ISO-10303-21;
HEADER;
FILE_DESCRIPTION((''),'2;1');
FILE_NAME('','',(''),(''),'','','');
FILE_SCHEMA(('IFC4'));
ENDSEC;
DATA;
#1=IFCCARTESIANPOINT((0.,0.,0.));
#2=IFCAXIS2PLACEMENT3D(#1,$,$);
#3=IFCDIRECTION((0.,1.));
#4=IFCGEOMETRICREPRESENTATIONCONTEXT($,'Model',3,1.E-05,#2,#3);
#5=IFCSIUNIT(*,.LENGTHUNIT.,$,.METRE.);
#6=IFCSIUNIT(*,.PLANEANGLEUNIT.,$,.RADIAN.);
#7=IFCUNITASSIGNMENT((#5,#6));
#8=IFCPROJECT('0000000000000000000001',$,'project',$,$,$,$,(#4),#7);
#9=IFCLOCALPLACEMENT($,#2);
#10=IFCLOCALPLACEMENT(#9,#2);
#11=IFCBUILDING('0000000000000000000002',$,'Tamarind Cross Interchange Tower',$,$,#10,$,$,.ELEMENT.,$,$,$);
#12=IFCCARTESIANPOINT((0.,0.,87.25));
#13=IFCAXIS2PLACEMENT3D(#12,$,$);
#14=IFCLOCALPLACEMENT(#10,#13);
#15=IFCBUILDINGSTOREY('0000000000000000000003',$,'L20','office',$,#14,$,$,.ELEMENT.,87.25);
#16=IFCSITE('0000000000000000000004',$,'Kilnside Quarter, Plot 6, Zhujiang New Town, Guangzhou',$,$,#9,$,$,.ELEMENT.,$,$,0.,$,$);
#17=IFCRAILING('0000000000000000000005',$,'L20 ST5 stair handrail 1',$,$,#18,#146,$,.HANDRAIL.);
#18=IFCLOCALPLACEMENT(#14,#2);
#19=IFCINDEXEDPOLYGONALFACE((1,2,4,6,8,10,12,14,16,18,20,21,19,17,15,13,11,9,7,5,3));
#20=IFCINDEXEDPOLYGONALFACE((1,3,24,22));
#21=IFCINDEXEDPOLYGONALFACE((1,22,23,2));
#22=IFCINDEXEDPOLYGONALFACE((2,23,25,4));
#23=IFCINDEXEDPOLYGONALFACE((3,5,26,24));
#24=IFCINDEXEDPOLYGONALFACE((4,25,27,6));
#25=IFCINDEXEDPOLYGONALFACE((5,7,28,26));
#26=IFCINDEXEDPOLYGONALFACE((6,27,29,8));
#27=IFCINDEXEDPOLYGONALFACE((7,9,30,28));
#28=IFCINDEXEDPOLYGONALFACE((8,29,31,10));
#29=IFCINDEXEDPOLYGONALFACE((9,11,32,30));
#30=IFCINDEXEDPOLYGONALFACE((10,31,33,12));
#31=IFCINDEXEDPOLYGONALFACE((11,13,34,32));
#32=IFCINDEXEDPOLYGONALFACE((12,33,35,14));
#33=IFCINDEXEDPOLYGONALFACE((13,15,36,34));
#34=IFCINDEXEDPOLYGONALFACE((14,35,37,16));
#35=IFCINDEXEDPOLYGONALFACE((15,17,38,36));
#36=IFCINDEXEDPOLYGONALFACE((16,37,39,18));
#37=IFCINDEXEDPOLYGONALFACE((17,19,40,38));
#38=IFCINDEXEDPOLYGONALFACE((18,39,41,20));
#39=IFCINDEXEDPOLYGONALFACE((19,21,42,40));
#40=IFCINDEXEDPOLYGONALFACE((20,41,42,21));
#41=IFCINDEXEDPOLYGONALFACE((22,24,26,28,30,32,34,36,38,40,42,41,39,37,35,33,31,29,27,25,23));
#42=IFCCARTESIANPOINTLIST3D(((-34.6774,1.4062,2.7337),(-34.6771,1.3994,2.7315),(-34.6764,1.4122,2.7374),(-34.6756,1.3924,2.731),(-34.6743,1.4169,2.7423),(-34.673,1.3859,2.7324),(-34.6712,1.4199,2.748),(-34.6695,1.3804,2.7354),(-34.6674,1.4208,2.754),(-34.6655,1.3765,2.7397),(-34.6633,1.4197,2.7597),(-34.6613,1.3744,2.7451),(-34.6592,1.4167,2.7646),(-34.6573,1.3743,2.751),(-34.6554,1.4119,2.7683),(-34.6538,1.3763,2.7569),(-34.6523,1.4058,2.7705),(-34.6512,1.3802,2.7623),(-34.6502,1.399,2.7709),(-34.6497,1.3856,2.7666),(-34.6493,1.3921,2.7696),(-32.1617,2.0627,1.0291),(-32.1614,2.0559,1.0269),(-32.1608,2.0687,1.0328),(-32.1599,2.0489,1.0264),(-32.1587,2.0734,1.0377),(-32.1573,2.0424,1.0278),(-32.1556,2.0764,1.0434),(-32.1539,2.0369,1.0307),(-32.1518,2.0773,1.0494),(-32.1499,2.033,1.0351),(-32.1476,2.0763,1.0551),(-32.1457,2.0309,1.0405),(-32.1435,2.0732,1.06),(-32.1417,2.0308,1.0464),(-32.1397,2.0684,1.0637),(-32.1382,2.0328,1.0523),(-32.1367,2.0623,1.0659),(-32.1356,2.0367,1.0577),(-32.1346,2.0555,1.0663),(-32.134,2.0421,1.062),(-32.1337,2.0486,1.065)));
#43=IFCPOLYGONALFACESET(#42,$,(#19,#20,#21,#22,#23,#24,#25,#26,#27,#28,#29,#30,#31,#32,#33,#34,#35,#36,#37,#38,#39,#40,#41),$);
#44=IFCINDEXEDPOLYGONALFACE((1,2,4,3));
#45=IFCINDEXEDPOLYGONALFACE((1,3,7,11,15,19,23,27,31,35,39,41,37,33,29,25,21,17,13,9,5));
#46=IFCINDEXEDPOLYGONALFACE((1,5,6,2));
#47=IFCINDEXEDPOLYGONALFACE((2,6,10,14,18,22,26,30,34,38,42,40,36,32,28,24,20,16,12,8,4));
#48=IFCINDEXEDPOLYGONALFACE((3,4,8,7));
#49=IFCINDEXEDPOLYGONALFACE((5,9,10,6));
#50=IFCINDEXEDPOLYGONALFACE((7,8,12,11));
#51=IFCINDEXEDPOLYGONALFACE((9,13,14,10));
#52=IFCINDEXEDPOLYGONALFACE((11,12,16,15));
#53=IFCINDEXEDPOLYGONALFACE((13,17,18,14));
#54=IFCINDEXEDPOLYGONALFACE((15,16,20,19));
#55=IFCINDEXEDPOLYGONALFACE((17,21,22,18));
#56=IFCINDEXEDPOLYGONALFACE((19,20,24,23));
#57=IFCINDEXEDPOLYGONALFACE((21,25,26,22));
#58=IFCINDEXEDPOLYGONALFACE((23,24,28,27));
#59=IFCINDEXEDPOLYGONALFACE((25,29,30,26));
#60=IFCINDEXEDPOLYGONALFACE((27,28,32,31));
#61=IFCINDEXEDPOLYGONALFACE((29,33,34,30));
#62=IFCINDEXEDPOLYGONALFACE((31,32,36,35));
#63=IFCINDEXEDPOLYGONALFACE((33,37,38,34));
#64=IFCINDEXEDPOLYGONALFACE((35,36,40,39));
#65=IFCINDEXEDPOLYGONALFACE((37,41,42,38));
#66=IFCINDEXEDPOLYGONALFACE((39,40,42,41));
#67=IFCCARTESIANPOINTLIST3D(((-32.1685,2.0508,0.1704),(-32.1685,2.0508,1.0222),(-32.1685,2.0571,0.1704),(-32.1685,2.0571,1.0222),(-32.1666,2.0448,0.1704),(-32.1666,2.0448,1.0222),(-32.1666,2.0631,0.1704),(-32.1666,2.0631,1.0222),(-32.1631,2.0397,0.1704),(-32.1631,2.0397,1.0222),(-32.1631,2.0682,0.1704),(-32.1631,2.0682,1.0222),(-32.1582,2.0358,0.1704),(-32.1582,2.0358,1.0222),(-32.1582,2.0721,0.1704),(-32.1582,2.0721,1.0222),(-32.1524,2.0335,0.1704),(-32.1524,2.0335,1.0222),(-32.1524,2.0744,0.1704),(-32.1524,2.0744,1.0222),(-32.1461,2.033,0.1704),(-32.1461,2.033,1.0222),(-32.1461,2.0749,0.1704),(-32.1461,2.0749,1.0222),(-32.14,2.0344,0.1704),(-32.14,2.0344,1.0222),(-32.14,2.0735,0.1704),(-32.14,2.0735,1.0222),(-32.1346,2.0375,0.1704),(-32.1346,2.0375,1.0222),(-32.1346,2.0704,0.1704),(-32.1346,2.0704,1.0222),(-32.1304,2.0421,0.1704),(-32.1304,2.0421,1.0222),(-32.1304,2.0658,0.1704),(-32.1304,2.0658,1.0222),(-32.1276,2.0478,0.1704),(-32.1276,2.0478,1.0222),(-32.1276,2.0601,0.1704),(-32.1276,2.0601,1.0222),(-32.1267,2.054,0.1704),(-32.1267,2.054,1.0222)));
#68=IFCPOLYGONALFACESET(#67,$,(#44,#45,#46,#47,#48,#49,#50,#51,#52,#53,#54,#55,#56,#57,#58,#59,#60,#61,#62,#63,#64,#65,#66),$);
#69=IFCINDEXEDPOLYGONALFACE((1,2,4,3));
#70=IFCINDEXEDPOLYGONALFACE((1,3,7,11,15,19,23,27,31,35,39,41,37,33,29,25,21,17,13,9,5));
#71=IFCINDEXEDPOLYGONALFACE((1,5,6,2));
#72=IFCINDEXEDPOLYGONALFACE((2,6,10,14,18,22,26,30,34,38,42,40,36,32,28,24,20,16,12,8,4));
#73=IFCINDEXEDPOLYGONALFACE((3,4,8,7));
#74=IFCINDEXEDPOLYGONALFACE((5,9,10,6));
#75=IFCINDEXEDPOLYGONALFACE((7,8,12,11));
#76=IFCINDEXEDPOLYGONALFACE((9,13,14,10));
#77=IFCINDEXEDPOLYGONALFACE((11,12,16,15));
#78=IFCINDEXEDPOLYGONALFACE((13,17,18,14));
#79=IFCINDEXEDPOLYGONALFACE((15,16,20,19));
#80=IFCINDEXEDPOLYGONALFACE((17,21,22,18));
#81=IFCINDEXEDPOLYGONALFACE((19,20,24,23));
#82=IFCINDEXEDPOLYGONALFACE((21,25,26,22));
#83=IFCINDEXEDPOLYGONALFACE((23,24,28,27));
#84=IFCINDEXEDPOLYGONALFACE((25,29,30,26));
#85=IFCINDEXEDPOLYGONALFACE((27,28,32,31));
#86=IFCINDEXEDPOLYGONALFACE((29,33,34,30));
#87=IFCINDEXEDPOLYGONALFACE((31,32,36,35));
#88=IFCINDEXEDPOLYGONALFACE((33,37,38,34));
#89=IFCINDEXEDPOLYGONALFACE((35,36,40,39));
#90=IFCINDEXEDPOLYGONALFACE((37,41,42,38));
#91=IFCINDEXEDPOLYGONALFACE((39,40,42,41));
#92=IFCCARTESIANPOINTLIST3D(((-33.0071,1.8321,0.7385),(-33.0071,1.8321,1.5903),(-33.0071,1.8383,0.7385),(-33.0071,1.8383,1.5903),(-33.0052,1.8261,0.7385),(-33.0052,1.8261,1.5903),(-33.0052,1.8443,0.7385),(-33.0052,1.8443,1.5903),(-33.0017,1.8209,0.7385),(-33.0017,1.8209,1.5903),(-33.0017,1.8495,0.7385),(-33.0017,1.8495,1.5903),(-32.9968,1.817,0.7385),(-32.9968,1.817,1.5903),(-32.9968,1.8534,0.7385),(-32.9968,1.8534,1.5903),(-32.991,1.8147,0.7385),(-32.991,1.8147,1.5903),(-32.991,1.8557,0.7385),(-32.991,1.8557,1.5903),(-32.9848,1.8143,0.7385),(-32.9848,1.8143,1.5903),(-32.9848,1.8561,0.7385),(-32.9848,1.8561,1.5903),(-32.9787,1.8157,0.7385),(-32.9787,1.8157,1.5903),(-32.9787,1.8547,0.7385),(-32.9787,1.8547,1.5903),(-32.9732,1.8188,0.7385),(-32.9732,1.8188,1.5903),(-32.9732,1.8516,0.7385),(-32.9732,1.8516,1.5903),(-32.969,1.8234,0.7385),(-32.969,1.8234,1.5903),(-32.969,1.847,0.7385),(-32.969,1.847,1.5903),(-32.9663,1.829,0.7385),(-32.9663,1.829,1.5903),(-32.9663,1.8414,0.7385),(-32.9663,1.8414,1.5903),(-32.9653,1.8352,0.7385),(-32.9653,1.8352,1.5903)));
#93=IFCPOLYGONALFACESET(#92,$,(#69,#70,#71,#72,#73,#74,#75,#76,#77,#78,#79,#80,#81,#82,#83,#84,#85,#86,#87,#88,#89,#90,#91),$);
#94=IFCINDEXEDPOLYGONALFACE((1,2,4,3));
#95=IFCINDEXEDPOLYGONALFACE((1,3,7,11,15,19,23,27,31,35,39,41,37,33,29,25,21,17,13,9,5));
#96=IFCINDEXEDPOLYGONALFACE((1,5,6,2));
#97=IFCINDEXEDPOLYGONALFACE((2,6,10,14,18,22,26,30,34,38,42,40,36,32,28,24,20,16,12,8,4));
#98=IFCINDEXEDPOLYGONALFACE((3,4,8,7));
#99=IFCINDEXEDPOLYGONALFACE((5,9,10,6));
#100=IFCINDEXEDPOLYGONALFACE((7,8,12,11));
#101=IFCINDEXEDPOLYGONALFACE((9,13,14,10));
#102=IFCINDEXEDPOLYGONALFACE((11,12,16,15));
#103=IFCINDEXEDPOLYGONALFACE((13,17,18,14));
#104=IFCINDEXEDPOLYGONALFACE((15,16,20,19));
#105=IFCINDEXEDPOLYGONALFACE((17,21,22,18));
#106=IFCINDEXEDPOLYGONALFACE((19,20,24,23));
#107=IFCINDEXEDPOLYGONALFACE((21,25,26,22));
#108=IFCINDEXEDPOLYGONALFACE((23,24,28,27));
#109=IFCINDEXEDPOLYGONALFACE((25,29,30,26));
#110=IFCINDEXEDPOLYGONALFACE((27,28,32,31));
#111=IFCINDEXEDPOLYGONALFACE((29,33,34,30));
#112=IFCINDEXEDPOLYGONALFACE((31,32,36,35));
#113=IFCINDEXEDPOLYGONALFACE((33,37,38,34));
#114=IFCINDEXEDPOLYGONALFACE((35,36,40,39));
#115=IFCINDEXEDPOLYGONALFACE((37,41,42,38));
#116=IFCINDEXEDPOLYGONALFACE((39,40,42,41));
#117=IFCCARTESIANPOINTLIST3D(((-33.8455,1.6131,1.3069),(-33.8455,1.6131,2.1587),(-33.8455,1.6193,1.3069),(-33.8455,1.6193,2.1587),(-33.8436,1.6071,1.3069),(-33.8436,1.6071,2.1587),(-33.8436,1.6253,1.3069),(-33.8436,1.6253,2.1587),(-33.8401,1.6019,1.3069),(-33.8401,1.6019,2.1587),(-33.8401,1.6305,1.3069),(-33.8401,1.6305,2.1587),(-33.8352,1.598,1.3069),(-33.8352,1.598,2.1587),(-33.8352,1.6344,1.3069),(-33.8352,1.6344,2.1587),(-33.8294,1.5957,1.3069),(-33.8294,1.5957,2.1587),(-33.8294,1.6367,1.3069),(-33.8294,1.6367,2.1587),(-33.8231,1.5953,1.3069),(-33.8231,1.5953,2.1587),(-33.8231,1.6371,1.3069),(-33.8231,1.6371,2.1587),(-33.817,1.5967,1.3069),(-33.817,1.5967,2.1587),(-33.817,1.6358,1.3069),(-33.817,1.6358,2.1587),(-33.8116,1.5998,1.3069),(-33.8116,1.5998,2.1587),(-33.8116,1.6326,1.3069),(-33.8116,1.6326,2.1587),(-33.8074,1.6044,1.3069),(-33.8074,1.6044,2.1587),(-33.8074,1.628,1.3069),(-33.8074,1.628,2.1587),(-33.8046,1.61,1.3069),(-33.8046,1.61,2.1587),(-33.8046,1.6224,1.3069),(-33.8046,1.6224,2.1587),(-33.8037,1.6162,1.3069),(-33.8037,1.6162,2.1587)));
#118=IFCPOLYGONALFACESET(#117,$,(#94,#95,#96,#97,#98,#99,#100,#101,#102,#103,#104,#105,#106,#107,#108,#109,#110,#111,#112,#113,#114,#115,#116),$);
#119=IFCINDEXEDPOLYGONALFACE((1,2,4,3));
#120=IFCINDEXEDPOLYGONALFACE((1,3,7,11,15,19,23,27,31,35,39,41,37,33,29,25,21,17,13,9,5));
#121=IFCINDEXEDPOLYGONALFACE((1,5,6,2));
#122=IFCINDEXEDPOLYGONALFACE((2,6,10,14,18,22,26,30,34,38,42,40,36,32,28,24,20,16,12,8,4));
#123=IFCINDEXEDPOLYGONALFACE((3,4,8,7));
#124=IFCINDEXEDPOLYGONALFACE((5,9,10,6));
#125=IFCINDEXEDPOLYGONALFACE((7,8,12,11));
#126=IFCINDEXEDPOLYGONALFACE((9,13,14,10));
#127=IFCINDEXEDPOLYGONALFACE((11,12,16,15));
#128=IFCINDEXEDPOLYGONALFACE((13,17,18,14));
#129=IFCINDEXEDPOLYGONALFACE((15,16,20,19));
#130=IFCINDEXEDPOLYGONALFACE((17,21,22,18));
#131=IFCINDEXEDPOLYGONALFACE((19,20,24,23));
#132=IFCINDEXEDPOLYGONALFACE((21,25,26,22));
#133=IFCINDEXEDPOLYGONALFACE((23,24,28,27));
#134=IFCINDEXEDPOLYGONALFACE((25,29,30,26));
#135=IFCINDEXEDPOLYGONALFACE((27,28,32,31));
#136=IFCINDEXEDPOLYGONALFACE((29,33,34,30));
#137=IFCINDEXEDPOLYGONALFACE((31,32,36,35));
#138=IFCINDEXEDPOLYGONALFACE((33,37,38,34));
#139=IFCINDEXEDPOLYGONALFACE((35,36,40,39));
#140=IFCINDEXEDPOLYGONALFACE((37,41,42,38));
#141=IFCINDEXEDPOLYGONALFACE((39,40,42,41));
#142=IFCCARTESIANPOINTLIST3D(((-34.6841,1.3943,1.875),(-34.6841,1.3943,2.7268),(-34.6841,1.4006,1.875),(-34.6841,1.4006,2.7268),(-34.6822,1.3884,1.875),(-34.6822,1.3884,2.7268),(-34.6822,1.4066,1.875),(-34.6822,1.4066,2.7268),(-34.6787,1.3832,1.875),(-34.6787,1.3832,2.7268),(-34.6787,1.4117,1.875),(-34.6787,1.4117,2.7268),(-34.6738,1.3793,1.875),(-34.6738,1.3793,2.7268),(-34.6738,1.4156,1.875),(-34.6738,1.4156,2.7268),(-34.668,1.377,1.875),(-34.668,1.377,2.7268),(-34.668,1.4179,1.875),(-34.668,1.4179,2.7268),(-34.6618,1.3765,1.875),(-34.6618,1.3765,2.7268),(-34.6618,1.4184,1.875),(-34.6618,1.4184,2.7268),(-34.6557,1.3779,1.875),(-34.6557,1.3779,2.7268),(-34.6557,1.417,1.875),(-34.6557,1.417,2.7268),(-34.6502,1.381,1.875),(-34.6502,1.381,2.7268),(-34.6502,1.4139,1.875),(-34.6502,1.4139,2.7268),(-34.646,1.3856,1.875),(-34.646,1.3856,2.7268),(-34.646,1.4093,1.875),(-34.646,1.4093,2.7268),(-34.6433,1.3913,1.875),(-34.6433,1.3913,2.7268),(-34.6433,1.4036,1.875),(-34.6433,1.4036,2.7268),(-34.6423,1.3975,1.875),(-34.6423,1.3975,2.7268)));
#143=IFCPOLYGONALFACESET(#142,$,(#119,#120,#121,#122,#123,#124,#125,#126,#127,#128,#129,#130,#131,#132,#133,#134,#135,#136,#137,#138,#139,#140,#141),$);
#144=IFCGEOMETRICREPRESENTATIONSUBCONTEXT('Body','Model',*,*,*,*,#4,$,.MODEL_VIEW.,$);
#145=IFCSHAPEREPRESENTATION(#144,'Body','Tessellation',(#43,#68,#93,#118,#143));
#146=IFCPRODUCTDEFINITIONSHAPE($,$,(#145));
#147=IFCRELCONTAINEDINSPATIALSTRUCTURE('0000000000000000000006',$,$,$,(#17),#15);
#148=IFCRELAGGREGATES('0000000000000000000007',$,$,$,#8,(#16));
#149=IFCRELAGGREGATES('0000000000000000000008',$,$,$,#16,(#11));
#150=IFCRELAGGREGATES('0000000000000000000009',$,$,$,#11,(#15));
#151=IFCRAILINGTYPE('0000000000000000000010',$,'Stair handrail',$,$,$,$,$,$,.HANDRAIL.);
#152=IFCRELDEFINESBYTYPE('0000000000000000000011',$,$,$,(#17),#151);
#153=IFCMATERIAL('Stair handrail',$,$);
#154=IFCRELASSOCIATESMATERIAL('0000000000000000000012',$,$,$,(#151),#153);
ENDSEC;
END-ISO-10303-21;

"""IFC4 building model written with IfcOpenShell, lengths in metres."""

from ifc_helpers import new_model, si_unit, direction, frame, origin, origin_2d, place, context, subcontext, project, spatial, circle, extrude, material, type_object, element, save


model = new_model("IFC4")

# Units and contexts
model_context = context("Model", 3, precision=1e-05, world=origin(), true_north=direction((0.0, 1.0)))
body_context = subcontext(model_context, "Body", "Model", "MODEL_VIEW")
ifc_project = project(units=[si_unit("LENGTHUNIT", "METRE"), si_unit("PLANEANGLEUNIT", "RADIAN")], contexts=[model_context])

# Site, building, storey
site_placement = place(None, origin())
site = spatial("IfcSite", under=ifc_project, at=site_placement, Name="Kilnside Quarter, Plot 6, Zhujiang New Town, Guangzhou", CompositionType="ELEMENT", RefElevation=0.0)
building_placement = place(site_placement, origin())
building = spatial("IfcBuilding", under=site, at=building_placement, Name="Tamarind Cross Interchange Tower", CompositionType="ELEMENT")
storey_placement = place(building_placement, frame((0.0, 0.0, 87.25)))
storey = spatial("IfcBuildingStorey", under=building, at=storey_placement, Name="L20", Description="office", CompositionType="ELEMENT", Elevation=87.25)

# Railing
ifc_material_1 = material(Name="Stair handrail")
railing_type_1 = type_object("IfcRailingType", Name="Stair handrail", PredefinedType="HANDRAIL", material=ifc_material_1)
railing_1_placement = place(storey_placement, frame((-32.1477, 2.054, 0.1704)))
element("IfcRailing", 1, at=railing_1_placement, inside=storey, type_object=railing_type_1, Name="L20 ST5 stair handrail 1", PredefinedType="HANDRAIL", context=body_context, shape_type="SweptSolid", body=[
    extrude(circle(Radius=0.0239, at=origin_2d()), frame((0.0, 0.0, 0.876), z_axis=(-0.809181, -0.211169, 0.548301), x_axis=(0.25251, -0.967594, 0.0)), (0.0, 0.0, 1.0), 3.1089),
    extrude(circle(Radius=0.021, at=origin_2d()), origin(), (0.0, 0.0, 1.0), 0.8518),
    extrude(circle(Radius=0.021, at=origin_2d()), frame((-0.8386, -0.2188, 0.5681)), (0.0, 0.0, 1.0), 0.8518),
    extrude(circle(Radius=0.021, at=origin_2d()), frame((-1.677, -0.4377, 1.1365)), (0.0, 0.0, 1.0), 0.8518),
    extrude(circle(Radius=0.021, at=origin_2d()), frame((-2.5156, -0.6565, 1.7046)), (0.0, 0.0, 1.0), 0.8518),
])

save(model, "model.ifc")
